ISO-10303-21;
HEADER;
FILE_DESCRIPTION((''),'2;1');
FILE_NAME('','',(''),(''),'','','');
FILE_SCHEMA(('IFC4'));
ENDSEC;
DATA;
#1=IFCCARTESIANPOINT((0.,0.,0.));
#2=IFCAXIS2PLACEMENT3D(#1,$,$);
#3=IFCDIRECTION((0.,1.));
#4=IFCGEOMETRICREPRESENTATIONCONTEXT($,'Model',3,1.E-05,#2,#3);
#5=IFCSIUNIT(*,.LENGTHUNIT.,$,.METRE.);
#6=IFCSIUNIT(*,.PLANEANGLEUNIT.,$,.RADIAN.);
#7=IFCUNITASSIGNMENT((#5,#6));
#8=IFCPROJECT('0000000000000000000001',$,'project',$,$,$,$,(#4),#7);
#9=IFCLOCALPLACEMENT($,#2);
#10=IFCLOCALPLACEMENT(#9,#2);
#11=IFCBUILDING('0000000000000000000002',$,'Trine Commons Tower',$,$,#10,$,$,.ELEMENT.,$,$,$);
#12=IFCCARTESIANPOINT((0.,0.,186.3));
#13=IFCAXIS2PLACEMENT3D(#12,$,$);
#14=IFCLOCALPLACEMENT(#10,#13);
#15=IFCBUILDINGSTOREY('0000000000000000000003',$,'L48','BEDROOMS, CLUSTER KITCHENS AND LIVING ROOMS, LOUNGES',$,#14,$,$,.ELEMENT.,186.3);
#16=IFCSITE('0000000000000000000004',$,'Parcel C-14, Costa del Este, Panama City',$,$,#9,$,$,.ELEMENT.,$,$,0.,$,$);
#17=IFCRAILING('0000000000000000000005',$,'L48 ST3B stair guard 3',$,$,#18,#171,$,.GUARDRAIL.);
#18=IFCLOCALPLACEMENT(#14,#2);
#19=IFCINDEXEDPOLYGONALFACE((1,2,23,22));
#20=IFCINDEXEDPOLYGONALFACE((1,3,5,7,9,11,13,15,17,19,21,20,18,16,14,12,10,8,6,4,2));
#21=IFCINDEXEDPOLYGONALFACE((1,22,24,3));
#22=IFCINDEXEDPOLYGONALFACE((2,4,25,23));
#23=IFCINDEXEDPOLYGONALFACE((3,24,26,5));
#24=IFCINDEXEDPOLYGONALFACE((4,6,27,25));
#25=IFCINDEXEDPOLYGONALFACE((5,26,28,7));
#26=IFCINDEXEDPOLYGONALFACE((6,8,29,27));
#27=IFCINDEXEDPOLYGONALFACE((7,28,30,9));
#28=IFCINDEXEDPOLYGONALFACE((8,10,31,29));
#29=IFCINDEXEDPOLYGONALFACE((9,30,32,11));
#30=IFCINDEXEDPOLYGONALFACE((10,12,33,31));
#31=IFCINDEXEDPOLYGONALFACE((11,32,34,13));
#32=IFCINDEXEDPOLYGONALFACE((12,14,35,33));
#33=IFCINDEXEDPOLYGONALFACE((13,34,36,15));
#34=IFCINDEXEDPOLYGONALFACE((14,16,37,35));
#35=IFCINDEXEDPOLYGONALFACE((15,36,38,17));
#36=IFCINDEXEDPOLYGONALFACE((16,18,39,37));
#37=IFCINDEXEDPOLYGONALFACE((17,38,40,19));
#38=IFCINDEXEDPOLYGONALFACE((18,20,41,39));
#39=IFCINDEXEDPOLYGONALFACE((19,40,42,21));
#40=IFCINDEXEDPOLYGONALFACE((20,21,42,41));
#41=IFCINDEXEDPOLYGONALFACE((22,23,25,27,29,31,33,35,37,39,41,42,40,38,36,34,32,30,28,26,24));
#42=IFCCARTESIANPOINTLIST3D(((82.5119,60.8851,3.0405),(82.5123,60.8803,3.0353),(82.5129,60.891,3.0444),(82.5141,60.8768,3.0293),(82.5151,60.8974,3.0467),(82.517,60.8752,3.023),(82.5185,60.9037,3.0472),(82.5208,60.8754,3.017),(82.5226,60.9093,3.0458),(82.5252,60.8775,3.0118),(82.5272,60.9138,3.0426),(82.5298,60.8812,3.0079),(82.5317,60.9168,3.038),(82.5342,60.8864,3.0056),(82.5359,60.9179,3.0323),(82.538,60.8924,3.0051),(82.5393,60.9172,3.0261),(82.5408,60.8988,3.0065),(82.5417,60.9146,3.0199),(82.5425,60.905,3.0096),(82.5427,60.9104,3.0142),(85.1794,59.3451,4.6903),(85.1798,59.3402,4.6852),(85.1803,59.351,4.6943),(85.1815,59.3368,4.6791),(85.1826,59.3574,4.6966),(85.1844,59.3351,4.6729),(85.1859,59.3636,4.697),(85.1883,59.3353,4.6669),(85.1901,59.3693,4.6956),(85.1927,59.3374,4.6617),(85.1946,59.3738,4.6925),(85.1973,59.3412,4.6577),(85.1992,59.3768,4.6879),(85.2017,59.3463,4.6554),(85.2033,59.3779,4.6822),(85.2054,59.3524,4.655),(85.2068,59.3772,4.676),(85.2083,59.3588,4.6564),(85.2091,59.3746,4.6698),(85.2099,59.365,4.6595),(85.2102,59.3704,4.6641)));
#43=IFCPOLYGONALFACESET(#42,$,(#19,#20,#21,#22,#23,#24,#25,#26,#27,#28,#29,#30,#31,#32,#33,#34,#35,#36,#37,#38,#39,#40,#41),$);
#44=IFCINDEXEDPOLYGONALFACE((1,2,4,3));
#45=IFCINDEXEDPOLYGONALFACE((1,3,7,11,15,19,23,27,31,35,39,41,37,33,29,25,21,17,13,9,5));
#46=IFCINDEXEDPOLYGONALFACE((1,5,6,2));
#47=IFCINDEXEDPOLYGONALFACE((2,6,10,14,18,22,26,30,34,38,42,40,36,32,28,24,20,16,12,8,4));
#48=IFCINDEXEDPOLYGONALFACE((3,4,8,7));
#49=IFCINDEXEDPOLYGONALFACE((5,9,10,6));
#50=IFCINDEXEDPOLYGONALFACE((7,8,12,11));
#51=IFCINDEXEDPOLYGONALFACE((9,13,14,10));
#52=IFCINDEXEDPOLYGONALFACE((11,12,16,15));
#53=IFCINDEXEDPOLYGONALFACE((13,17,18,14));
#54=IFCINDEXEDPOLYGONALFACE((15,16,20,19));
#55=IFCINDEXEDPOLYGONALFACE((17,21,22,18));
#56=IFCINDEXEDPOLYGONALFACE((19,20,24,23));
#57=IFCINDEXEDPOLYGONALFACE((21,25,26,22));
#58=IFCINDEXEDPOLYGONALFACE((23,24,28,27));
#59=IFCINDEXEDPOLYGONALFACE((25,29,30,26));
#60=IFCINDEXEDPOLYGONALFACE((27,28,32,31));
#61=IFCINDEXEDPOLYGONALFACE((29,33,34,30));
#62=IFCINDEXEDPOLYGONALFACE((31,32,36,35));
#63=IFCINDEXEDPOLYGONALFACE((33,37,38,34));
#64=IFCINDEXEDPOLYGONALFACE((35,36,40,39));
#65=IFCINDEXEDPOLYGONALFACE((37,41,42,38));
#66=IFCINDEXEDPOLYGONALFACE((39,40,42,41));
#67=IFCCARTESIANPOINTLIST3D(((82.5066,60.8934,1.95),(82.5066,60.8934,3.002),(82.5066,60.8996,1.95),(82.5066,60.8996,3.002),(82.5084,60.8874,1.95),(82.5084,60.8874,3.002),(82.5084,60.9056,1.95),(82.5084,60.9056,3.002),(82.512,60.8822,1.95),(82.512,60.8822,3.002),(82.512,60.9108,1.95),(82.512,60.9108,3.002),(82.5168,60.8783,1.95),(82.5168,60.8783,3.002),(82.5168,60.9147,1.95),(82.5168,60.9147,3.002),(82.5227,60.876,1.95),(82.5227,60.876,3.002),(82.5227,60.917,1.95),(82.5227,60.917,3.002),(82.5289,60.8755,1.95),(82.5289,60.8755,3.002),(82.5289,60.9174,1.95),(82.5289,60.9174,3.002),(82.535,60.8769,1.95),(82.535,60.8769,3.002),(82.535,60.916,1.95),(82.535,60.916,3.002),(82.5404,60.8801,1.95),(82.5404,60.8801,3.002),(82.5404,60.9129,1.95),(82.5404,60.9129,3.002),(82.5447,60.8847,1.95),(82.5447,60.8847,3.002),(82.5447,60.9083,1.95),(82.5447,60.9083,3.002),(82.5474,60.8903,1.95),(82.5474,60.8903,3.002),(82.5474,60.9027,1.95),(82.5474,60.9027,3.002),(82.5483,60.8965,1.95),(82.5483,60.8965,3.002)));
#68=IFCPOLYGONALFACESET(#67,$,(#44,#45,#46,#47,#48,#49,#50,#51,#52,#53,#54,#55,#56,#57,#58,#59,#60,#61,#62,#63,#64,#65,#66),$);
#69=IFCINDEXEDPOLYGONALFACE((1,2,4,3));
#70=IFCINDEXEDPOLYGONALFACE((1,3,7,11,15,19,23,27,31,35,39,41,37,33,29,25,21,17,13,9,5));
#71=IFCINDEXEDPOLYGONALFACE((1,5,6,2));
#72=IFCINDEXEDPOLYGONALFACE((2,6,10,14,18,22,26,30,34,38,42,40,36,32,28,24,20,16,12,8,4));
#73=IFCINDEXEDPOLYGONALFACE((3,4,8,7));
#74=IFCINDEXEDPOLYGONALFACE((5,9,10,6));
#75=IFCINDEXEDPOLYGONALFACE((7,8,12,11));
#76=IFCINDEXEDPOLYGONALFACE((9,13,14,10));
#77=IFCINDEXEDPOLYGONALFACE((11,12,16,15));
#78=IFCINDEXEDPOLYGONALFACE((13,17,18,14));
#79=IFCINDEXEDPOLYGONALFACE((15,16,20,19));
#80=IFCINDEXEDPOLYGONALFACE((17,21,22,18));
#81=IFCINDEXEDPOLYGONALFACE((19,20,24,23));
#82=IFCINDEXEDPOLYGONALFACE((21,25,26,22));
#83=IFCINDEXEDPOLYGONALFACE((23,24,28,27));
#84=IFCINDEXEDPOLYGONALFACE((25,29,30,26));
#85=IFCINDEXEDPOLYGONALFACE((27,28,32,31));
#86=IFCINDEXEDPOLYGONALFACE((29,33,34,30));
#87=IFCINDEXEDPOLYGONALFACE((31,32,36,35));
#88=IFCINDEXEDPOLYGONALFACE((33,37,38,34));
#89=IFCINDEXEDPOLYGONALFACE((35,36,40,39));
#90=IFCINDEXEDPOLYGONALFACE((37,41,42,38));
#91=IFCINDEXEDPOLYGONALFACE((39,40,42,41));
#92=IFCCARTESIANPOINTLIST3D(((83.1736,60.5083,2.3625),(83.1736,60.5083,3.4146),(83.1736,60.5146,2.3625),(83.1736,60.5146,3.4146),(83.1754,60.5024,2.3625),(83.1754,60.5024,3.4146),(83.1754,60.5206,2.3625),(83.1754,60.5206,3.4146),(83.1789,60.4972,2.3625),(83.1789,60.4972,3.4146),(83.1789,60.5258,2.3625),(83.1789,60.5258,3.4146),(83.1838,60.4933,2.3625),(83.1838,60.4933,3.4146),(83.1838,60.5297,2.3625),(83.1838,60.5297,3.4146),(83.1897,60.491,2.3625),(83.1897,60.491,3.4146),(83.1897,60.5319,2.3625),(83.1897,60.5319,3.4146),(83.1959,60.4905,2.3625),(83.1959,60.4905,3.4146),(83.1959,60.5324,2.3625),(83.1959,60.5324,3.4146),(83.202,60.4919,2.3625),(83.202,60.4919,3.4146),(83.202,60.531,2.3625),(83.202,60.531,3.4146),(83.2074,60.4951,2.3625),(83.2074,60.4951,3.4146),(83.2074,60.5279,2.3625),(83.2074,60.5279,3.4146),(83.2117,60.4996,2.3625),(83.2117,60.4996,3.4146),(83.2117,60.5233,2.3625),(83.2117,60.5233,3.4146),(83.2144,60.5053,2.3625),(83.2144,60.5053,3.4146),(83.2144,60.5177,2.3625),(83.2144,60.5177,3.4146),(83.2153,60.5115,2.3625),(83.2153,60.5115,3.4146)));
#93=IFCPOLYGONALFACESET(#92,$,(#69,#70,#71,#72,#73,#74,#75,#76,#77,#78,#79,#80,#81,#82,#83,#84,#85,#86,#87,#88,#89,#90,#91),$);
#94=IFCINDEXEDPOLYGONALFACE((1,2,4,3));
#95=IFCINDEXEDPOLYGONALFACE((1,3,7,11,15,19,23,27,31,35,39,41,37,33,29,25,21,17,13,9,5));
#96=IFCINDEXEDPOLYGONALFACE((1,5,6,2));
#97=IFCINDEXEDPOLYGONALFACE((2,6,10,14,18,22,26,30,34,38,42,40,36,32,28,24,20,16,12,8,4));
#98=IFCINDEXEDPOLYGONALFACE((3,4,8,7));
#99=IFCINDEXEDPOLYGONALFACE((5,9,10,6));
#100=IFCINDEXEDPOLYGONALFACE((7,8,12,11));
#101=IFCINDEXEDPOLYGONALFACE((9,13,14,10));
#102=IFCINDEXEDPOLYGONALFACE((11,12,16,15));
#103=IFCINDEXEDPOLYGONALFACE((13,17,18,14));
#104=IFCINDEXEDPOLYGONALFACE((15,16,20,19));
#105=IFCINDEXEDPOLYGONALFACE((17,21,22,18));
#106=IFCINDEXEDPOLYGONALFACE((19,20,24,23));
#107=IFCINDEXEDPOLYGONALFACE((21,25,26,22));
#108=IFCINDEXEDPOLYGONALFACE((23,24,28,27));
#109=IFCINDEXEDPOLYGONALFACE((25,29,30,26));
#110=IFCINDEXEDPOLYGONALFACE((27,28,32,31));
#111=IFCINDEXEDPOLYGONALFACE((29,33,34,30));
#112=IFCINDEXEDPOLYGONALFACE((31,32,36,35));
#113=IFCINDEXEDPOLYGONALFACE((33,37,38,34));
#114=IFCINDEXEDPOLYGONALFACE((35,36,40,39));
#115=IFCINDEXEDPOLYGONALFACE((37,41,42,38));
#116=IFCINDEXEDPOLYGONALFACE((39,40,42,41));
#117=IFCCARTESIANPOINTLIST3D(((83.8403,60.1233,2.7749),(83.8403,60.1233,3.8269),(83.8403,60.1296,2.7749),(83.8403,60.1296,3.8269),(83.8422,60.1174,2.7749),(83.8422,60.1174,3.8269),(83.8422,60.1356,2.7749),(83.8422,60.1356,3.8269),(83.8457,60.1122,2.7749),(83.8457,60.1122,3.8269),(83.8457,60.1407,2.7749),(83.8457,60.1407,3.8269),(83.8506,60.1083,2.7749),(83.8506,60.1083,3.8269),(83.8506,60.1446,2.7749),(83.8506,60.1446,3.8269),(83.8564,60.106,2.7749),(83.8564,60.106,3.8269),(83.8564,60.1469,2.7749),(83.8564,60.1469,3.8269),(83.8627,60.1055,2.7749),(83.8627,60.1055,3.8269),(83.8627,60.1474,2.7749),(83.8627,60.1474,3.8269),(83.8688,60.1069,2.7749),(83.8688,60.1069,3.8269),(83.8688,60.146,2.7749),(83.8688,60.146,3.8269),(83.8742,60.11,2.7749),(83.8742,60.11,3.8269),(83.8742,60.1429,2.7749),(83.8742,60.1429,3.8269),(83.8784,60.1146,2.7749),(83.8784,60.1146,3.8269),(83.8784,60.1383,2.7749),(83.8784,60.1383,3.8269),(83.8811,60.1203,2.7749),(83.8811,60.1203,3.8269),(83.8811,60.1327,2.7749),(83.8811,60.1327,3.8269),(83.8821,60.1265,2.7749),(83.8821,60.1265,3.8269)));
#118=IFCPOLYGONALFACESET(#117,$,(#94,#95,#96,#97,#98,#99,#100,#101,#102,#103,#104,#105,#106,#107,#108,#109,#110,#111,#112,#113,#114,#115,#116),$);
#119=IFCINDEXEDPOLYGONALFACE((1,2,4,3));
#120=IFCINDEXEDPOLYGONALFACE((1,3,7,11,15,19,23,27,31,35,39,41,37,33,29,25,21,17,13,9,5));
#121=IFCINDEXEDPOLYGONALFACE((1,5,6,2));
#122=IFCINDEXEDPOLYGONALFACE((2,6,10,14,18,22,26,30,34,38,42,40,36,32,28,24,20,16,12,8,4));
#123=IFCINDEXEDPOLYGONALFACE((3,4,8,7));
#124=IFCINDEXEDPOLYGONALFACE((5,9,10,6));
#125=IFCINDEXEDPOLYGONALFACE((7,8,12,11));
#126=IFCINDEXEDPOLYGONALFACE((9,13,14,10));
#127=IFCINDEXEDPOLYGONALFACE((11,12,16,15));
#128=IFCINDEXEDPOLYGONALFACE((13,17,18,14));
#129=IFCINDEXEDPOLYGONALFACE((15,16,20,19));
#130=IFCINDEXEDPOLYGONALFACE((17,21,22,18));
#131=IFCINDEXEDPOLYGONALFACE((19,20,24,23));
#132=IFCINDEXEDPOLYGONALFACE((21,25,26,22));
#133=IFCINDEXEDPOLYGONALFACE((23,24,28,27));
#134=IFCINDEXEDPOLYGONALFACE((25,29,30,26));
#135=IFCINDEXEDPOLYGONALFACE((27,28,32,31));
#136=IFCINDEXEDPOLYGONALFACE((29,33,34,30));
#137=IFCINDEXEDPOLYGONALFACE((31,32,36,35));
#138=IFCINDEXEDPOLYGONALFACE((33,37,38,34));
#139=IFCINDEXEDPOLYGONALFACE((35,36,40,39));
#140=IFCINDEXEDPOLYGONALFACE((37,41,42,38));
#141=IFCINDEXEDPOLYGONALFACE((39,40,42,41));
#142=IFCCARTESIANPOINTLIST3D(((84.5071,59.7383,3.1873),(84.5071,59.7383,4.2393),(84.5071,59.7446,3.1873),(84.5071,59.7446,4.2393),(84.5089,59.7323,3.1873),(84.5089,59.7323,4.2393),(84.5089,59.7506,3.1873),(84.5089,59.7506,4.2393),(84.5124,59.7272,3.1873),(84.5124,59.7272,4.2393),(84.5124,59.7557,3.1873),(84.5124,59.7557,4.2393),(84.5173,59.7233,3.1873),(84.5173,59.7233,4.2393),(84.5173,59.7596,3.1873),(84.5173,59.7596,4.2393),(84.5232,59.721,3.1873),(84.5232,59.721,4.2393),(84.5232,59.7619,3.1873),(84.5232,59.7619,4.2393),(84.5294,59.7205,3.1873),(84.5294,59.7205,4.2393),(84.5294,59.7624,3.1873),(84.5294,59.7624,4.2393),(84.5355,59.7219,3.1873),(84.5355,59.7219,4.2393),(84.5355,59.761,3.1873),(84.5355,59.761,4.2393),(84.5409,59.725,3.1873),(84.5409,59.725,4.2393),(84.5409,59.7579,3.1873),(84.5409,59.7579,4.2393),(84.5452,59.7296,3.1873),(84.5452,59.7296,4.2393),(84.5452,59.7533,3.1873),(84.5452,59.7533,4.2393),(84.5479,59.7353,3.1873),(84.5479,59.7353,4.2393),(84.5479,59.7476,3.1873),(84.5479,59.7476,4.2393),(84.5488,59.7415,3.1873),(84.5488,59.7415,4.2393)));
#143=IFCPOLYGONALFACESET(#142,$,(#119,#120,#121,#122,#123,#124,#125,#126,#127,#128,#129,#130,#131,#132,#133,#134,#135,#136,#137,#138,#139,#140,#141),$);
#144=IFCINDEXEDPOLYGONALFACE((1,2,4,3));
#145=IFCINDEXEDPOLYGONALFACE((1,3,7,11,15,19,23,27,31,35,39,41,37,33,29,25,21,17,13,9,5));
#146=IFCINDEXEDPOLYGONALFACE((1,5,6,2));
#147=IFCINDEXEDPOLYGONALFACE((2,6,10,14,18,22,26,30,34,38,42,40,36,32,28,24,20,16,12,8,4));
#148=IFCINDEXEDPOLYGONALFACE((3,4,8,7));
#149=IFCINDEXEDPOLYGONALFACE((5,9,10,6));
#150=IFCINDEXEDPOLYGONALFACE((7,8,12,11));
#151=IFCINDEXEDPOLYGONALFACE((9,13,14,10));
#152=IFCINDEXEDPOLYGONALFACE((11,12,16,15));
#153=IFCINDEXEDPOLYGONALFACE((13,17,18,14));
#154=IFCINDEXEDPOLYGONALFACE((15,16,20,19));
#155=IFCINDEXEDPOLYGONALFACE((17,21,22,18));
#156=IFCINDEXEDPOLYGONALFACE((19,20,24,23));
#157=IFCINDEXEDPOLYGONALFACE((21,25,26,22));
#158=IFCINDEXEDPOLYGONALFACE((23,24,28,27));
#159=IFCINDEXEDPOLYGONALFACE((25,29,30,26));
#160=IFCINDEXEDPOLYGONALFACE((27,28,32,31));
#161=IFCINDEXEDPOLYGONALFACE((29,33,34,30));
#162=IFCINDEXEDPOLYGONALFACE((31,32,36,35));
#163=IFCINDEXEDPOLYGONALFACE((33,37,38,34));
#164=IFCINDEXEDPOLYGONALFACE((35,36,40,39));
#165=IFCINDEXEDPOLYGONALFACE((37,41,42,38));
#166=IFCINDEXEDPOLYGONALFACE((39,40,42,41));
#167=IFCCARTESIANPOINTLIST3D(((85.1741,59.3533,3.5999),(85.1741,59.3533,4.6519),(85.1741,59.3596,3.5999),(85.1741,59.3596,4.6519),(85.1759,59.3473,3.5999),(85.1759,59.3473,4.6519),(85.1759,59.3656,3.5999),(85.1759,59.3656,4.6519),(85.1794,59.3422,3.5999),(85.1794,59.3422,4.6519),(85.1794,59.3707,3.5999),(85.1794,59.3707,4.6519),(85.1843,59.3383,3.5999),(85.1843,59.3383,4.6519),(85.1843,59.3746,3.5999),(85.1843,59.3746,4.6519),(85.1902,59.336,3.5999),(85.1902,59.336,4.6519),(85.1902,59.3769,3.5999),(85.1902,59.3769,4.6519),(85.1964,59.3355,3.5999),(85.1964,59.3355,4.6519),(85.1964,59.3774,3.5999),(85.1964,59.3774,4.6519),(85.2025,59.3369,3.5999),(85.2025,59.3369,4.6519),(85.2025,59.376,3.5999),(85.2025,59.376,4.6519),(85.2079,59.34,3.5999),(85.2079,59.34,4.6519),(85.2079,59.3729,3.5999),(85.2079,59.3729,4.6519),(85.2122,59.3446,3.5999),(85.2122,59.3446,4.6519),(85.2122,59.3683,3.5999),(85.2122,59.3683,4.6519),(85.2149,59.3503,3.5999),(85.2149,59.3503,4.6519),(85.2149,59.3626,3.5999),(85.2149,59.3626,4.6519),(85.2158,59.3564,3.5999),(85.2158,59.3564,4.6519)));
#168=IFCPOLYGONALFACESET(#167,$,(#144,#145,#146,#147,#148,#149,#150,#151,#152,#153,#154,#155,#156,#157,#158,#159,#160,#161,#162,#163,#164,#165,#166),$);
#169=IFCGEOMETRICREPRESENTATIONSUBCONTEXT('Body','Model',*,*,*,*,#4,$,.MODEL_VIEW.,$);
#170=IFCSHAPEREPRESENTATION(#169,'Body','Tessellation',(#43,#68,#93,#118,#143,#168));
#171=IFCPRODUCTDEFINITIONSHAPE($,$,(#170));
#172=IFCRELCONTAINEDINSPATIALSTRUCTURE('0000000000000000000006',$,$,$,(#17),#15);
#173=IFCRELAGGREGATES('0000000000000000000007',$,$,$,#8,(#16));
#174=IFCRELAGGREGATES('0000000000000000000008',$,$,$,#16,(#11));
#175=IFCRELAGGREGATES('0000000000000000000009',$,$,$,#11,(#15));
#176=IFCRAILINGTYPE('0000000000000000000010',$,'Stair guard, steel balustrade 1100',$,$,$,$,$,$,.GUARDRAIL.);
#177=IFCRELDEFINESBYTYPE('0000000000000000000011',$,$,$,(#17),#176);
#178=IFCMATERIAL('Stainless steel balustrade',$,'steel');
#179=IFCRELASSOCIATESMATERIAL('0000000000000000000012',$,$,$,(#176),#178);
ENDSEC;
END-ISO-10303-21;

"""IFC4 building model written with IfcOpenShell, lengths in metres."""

from ifc_helpers import new_model, si_unit, direction, frame, origin, origin_2d, place, context, subcontext, project, spatial, circle, extrude, material, type_object, element, save


model = new_model("IFC4")

# Units and contexts
model_context = context("Model", 3, precision=1e-05, world=origin(), true_north=direction((0.0, 1.0)))
body_context = subcontext(model_context, "Body", "Model", "MODEL_VIEW")
ifc_project = project(units=[si_unit("LENGTHUNIT", "METRE"), si_unit("PLANEANGLEUNIT", "RADIAN")], contexts=[model_context])

# Site, building, storey
site_placement = place(None, origin())
site = spatial("IfcSite", under=ifc_project, at=site_placement, Name="Parcel C-14, Costa del Este, Panama City", CompositionType="ELEMENT", RefElevation=0.0)
building_placement = place(site_placement, origin())
building = spatial("IfcBuilding", under=site, at=building_placement, Name="Trine Commons Tower", CompositionType="ELEMENT")
storey_placement = place(building_placement, frame((0.0, 0.0, 186.3)))
storey = spatial("IfcBuildingStorey", under=building, at=storey_placement, Name="L48", Description="BEDROOMS, CLUSTER KITCHENS AND LIVING ROOMS, LOUNGES", CompositionType="ELEMENT", Elevation=186.3)

# Railing
ifc_material_1 = material(Name="Stainless steel balustrade", Category="steel")
railing_type_1 = type_object("IfcRailingType", Name="Stair guard, steel balustrade 1100", PredefinedType="GUARDRAIL", material=ifc_material_1)
railing_1_placement = place(storey_placement, frame((82.5273, 60.8965, 1.95)))
element("IfcRailing", 1, at=railing_1_placement, inside=storey, type_object=railing_type_1, Name="L48 ST3B stair guard 3", PredefinedType="GUARDRAIL", context=body_context, shape_type="SweptSolid", body=[
    extrude(circle(Radius=0.0239, at=origin_2d()), frame((0.0, 0.0, 1.0762), z_axis=(0.763405, -0.440743, 0.472185), x_axis=(0.499992, 0.86603, 0.0)), (0.0, 0.0, 1.0), 3.4941),
    extrude(circle(Radius=0.021, at=origin_2d()), origin(), (0.0, 0.0, 1.0), 1.052),
    extrude(circle(Radius=0.021, at=origin_2d()), frame((0.667, -0.385, 0.4126)), (0.0, 0.0, 1.0), 1.052),
    extrude(circle(Radius=0.021, at=origin_2d()), frame((1.3337, -0.77, 0.825)), (0.0, 0.0, 1.0), 1.052),
    extrude(circle(Radius=0.021, at=origin_2d()), frame((2.0005, -1.155, 1.2373)), (0.0, 0.0, 1.0), 1.052),
    extrude(circle(Radius=0.021, at=origin_2d()), frame((2.6675, -1.54, 1.6499)), (0.0, 0.0, 1.0), 1.052),
])

save(model, "model.ifc")
